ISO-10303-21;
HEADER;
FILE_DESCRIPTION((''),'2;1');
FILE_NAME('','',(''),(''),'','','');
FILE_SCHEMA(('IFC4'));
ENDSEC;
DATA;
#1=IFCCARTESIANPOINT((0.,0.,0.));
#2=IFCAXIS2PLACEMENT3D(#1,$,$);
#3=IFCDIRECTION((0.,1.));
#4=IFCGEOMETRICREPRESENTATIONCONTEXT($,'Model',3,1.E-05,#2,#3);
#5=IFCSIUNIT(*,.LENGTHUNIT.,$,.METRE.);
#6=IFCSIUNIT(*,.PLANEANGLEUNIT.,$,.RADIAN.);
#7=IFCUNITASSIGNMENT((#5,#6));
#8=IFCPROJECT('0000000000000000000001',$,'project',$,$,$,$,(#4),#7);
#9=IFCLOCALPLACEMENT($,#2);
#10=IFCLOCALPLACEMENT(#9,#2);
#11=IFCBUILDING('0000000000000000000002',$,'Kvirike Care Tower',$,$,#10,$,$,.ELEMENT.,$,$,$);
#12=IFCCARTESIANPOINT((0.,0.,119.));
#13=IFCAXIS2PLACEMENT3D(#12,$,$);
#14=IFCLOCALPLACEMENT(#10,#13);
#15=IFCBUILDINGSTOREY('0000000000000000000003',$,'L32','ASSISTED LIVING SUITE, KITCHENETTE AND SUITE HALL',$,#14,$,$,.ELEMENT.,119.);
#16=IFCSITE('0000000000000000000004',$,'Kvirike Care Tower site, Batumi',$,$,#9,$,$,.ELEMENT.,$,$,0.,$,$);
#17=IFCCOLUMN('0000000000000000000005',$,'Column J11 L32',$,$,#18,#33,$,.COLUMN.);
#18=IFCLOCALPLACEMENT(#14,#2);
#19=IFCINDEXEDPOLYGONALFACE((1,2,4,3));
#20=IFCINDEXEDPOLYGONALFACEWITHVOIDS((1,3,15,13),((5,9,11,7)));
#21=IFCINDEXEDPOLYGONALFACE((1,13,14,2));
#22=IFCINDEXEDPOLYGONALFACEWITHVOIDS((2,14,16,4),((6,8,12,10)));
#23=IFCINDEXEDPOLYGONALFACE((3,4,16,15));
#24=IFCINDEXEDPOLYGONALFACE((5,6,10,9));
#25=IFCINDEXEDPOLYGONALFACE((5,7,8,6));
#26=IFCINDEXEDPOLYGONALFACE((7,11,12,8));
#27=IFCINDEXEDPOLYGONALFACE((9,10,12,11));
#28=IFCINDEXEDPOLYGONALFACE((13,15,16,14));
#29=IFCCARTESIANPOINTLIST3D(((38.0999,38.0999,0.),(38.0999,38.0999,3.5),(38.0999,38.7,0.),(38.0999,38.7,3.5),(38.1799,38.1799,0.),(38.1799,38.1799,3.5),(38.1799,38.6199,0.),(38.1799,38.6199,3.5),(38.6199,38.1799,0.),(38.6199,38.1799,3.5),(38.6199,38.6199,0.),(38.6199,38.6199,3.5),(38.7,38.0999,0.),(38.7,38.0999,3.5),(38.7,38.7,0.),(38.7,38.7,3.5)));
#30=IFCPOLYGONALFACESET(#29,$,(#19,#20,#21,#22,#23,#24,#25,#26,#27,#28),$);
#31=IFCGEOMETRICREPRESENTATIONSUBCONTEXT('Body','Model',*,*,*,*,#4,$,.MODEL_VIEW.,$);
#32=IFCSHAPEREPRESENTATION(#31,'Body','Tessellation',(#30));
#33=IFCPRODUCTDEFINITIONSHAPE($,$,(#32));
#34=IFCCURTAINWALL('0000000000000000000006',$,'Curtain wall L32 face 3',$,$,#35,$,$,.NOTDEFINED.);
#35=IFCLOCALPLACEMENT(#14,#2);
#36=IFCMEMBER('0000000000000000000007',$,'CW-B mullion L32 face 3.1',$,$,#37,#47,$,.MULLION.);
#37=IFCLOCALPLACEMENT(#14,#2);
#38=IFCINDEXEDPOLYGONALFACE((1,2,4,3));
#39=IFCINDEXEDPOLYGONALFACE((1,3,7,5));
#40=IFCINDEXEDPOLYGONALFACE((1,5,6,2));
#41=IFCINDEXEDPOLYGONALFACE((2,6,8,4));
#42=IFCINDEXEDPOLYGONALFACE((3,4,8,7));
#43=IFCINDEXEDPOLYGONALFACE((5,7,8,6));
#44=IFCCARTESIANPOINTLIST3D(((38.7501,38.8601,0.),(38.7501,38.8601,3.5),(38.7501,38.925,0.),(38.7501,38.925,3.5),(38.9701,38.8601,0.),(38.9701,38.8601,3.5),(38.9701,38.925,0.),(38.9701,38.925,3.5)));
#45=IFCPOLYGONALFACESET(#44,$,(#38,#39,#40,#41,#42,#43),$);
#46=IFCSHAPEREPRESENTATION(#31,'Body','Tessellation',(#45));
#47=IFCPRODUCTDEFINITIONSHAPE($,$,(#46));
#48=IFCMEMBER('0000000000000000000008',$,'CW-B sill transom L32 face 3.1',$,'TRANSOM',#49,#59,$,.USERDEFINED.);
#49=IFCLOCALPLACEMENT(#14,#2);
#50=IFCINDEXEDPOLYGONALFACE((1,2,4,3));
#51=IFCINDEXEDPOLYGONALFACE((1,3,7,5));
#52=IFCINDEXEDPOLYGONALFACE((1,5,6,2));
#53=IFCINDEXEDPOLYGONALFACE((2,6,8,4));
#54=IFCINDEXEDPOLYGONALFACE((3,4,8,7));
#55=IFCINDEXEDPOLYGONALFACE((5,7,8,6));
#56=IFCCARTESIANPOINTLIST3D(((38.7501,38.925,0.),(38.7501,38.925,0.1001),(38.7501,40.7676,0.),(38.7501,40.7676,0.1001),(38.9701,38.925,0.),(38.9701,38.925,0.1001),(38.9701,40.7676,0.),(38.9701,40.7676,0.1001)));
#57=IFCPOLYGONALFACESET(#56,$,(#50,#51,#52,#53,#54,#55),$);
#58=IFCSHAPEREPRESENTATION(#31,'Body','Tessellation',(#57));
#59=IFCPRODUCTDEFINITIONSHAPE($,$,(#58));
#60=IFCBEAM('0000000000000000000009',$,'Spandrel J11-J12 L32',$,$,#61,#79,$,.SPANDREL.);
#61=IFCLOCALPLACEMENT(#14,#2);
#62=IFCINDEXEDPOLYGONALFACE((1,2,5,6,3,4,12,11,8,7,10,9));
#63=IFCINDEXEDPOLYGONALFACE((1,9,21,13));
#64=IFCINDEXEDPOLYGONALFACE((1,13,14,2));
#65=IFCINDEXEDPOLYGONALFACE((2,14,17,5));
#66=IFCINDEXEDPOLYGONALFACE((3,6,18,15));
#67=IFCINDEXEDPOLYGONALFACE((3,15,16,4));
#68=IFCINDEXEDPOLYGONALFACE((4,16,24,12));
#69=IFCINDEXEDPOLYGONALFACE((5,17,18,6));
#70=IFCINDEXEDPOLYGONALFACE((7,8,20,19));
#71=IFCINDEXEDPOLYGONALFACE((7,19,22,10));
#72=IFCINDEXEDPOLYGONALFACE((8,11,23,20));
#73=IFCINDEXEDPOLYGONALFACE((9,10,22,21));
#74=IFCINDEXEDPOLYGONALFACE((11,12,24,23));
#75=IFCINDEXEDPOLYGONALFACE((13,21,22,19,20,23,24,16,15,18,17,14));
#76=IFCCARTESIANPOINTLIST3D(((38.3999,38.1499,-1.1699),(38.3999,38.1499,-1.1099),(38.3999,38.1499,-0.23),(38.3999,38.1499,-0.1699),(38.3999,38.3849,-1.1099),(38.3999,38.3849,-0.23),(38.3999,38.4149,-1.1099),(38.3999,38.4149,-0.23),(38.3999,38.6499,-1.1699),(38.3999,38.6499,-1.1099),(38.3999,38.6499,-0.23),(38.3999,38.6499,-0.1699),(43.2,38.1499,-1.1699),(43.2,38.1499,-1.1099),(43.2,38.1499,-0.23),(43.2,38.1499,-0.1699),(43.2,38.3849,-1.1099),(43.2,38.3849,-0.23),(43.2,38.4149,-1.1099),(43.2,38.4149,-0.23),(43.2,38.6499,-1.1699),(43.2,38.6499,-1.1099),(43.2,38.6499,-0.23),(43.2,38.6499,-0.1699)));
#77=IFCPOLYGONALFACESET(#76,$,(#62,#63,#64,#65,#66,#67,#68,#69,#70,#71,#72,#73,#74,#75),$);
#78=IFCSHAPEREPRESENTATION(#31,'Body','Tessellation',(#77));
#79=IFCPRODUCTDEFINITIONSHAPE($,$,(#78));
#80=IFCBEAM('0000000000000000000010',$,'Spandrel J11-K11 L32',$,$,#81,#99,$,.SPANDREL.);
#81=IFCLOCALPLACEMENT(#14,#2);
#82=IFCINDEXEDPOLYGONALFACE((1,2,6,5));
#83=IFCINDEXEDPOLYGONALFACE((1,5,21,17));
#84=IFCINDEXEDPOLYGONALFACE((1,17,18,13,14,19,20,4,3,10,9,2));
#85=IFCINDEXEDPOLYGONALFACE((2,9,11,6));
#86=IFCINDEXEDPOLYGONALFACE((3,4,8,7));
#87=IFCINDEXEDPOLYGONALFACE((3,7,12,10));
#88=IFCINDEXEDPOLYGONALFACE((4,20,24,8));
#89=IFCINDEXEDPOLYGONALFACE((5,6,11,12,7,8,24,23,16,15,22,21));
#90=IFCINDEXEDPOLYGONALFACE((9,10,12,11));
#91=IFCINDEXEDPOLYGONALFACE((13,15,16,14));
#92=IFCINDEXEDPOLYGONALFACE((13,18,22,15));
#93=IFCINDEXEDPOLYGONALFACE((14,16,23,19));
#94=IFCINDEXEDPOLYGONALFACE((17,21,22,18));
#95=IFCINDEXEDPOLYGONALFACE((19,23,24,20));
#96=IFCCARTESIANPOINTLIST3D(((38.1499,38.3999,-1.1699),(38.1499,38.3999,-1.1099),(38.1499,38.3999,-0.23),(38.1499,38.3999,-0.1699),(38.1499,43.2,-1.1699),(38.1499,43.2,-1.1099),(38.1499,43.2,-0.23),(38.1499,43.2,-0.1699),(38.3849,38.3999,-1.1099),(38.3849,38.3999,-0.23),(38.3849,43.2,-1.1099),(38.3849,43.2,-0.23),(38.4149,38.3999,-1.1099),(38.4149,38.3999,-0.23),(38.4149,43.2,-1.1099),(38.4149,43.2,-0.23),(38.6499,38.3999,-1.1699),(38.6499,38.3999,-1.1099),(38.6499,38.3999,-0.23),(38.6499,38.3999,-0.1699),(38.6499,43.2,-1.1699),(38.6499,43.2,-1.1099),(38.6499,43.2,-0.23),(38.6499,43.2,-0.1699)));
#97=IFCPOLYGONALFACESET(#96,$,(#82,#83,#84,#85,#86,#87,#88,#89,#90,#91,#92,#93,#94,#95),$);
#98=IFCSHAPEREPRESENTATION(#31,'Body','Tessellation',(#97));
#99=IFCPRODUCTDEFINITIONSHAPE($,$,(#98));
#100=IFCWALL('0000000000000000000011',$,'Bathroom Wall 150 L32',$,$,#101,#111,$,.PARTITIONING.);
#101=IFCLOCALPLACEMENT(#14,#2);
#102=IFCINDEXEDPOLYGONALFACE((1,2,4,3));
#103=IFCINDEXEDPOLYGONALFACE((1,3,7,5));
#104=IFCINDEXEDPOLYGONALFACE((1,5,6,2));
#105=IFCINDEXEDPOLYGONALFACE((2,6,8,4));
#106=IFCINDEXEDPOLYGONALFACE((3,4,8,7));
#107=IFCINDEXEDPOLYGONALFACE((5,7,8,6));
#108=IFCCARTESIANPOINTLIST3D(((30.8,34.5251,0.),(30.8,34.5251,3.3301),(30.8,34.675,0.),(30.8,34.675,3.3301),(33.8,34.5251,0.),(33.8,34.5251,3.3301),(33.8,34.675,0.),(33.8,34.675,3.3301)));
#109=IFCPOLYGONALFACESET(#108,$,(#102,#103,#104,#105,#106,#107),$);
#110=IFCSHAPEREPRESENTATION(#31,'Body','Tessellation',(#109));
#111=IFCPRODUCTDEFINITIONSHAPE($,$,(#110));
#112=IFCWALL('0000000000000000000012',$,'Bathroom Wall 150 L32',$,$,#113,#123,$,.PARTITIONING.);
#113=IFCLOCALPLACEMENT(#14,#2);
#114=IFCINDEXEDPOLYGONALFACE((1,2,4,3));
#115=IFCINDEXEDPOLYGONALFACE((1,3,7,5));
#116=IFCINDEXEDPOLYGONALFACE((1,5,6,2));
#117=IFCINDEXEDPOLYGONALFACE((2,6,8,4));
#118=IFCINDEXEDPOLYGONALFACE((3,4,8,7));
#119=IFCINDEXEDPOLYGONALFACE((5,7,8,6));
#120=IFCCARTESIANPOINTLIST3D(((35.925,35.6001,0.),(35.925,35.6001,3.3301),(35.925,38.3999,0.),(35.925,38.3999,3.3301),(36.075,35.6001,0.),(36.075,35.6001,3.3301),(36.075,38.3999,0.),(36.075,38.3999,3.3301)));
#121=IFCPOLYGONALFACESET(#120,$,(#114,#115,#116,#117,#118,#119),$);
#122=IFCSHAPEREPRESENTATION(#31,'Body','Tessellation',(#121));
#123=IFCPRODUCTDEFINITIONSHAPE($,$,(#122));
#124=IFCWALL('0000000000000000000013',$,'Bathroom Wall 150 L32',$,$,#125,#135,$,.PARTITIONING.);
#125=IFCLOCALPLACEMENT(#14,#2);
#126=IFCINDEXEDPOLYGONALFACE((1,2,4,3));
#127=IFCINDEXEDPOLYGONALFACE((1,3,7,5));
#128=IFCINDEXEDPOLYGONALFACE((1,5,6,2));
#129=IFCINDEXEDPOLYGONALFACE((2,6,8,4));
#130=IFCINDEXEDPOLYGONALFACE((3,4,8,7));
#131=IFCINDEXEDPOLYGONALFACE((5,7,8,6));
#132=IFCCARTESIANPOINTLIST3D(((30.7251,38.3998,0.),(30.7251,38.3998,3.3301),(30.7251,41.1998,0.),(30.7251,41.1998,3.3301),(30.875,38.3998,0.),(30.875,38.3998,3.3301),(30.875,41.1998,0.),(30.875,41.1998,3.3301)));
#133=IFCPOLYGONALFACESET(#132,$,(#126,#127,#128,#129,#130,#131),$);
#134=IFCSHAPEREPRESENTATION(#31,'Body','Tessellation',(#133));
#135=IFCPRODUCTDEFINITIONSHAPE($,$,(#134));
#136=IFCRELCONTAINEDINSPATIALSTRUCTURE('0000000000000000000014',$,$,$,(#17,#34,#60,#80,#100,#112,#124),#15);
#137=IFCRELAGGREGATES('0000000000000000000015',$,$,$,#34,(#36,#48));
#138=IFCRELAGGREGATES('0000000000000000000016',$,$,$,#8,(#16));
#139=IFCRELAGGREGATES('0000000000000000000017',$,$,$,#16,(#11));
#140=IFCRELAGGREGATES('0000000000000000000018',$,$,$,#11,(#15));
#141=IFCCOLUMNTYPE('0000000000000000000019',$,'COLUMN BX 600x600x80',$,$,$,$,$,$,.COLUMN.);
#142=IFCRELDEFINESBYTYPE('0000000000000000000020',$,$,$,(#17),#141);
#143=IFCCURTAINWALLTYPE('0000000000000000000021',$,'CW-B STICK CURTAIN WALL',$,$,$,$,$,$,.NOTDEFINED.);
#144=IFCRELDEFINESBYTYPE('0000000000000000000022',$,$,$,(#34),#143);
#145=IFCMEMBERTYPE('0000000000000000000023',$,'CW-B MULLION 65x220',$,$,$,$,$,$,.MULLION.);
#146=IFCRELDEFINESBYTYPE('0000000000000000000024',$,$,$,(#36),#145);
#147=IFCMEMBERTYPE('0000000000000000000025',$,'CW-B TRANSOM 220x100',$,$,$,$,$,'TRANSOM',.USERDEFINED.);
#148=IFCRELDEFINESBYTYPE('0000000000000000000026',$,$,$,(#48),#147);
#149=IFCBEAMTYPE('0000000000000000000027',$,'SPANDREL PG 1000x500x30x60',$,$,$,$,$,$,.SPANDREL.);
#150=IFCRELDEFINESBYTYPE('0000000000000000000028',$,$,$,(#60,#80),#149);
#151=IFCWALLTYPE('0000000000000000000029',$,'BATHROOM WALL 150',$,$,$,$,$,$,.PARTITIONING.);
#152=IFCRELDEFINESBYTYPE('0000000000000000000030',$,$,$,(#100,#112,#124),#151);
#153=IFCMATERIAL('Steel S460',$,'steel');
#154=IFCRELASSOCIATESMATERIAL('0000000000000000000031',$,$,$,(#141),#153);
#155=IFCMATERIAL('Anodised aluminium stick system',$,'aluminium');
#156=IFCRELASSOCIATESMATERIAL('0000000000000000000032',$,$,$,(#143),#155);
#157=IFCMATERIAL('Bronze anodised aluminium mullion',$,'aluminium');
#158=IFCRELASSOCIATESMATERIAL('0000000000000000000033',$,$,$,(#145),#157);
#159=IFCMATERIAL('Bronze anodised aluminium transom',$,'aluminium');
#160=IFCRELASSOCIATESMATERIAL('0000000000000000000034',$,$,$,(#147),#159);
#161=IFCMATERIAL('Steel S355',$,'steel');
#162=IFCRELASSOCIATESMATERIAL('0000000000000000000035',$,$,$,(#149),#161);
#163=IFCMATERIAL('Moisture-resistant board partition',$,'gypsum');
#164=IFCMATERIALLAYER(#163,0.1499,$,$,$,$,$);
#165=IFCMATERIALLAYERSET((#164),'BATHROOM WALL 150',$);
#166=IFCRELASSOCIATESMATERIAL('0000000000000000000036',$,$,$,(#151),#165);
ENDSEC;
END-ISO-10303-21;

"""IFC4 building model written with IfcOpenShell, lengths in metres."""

from ifc_helpers import new_model, si_unit, direction, frame, frame_2d, origin, origin_2d, place, context, subcontext, project, spatial, rectangle, hollow_rectangle, i_section, extrude, material, layer, layer_set, material_profile, profile_set, type_object, element, aggregate, save


model = new_model("IFC4")

# Units and contexts
model_context = context("Model", 3, precision=1e-05, world=origin(), true_north=direction((0.0, 1.0)))
body_context = subcontext(model_context, "Body", "Model", "MODEL_VIEW")
ifc_project = project(units=[si_unit("LENGTHUNIT", "METRE"), si_unit("PLANEANGLEUNIT", "RADIAN")], contexts=[model_context])

# Site, building, storey
site_placement = place(None, origin())
site = spatial("IfcSite", under=ifc_project, at=site_placement, Name="Kvirike Care Tower site, Batumi", CompositionType="ELEMENT", RefElevation=0.0)
building_placement = place(site_placement, origin())
building = spatial("IfcBuilding", under=site, at=building_placement, Name="Kvirike Care Tower", CompositionType="ELEMENT")
storey_placement = place(building_placement, frame((0.0, 0.0, 119.0)))
storey = spatial("IfcBuildingStorey", under=building, at=storey_placement, Name="L32", Description="ASSISTED LIVING SUITE, KITCHENETTE AND SUITE HALL", CompositionType="ELEMENT", Elevation=119.0)

# Column
ifc_material_1 = material(Name="Steel S460", Category="steel")
ifc_material_profile_1 = material_profile(ifc_material_1, hollow_rectangle(XDim=0.6001, YDim=0.6001, WallThickness=0.0801, at=origin_2d()), Name="BX 600x600x80")
ifc_profile_set_1 = profile_set([ifc_material_profile_1], Name="Steel S460")
column_type = type_object("IfcColumnType", Name="COLUMN BX 600x600x80", PredefinedType="COLUMN", material=ifc_profile_set_1)
column_placement = place(storey_placement, frame((38.3999, 38.3999, 0.0), z_axis=(0.0, 0.0, 1.0), x_axis=(0.0, 1.0, 0.0)))
element("IfcColumn", 1, at=column_placement, inside=storey, type_object=column_type, Name="Column J11 L32", PredefinedType="COLUMN", context=body_context, shape_type="SweptSolid", body=[
    extrude(hollow_rectangle(XDim=0.6001, YDim=0.6001, WallThickness=0.0801, at=origin_2d()), origin(), (0.0, 0.0, 1.0), 3.5),
])

# Curtain wall, members
ifc_material_2 = material(Name="Anodised aluminium stick system", Category="aluminium")
curtain_wall_type = type_object("IfcCurtainWallType", Name="CW-B STICK CURTAIN WALL", PredefinedType="NOTDEFINED", material=ifc_material_2)
curtain_wall_placement = place(storey_placement, origin())
curtain_wall = element("IfcCurtainWall", 2, at=curtain_wall_placement, inside=storey, type_object=curtain_wall_type, Name="Curtain wall L32 face 3", PredefinedType="NOTDEFINED")
ifc_material_3 = material(Name="Bronze anodised aluminium mullion", Category="aluminium")
ifc_material_profile_2 = material_profile(ifc_material_3, rectangle(XDim=0.0649, YDim=0.22, at=origin_2d()), Name="CW-B MULLION 65x220")
ifc_profile_set_2 = profile_set([ifc_material_profile_2], Name="Bronze anodised aluminium mullion")
member_type_1 = type_object("IfcMemberType", Name="CW-B MULLION 65x220", PredefinedType="MULLION", material=ifc_profile_set_2)
member_1_placement = place(storey_placement, frame((38.8601, 38.8926, 0.0), z_axis=(0.0, 0.0, 1.0), x_axis=(0.0, 1.0, 0.0)))
member_1 = element("IfcMember", 3, at=member_1_placement, type_object=member_type_1, Name="CW-B mullion L32 face 3.1", PredefinedType="MULLION", context=body_context, shape_type="SweptSolid", body=[
    extrude(rectangle(XDim=0.0649, YDim=0.22, at=origin_2d()), origin(), (0.0, 0.0, 1.0), 3.5),
])
ifc_material_4 = material(Name="Bronze anodised aluminium transom", Category="aluminium")
ifc_material_profile_3 = material_profile(ifc_material_4, rectangle(XDim=0.22, YDim=0.1001, at=origin_2d()), Name="CW-B TRANSOM 220x100")
ifc_profile_set_3 = profile_set([ifc_material_profile_3], Name="Bronze anodised aluminium transom")
member_type_2 = type_object("IfcMemberType", Name="CW-B TRANSOM 220x100", ElementType="TRANSOM", PredefinedType="USERDEFINED", material=ifc_profile_set_3)
member_2_placement = place(storey_placement, frame((38.8601, 38.925, 0.05), z_axis=(0.0, 1.0, 0.0), x_axis=(-1.0, 0.0, 0.0)))
member_2 = element("IfcMember", 4, at=member_2_placement, type_object=member_type_2, Name="CW-B sill transom L32 face 3.1", ObjectType="TRANSOM", PredefinedType="USERDEFINED", context=body_context, shape_type="SweptSolid", body=[
    extrude(rectangle(XDim=0.22, YDim=0.1001, at=origin_2d()), origin(), (0.0, 0.0, 1.0), 1.8425),
])
aggregate(curtain_wall, [member_1, member_2])

# Beams
ifc_material_5 = material(Name="Steel S355", Category="steel")
ifc_material_profile_4 = material_profile(ifc_material_5, i_section(OverallWidth=0.5, OverallDepth=1.0, WebThickness=0.03, FlangeThickness=0.0601, at=origin_2d()), Name="PG 1000x500x30x60")
ifc_profile_set_4 = profile_set([ifc_material_profile_4], Name="Steel S355")
beam_type = type_object("IfcBeamType", Name="SPANDREL PG 1000x500x30x60", PredefinedType="SPANDREL", material=ifc_profile_set_4)
for number, where, z_axis, x_axis, name in (
    (5, (38.3999, 38.3999, -0.6699), (1.0, 0.0, 0.0), (0.0, 1.0, 0.0), "Spandrel J11-J12 L32"),
    (6, (38.3999, 38.3999, -0.6699), (0.0, 1.0, 0.0), (-1.0, 0.0, 0.0), "Spandrel J11-K11 L32"),
):
    element("IfcBeam", number, at=place(storey_placement, frame(where, z_axis=z_axis, x_axis=x_axis)), inside=storey, type_object=beam_type, Name=name, PredefinedType="SPANDREL", context=body_context, shape_type="SweptSolid", body=[
        extrude(i_section(OverallWidth=0.5, OverallDepth=1.0, WebThickness=0.03, FlangeThickness=0.0601, at=origin_2d()), origin(), (0.0, 0.0, 1.0), 4.8),
    ])

# Walls
ifc_material_6 = material(Name="Moisture-resistant board partition", Category="gypsum")
ifc_layer_1 = layer(ifc_material_6, 0.1499)
ifc_layer_set_1 = layer_set([ifc_layer_1], Name="BATHROOM WALL 150")
wall_type_1 = type_object("IfcWallType", Name="BATHROOM WALL 150", PredefinedType="PARTITIONING", material=ifc_layer_set_1)
wall_1_placement = place(storey_placement, frame((33.8, 34.6001, 0.0), z_axis=(0.0, 0.0, 1.0), x_axis=(-1.0, 0.0, 0.0)))
element("IfcWall", 7, at=wall_1_placement, inside=storey, type_object=wall_type_1, Name="Bathroom Wall 150 L32", PredefinedType="PARTITIONING", context=body_context, shape_type="SweptSolid", body=[
    extrude(rectangle(XDim=3.0, YDim=0.1499, at=frame_2d((1.5, 0.0))), origin(), (0.0, 0.0, 1.0), 3.3301),
])
wall_2_placement = place(storey_placement, frame((36.0, 35.6001, 0.0), z_axis=(0.0, 0.0, 1.0), x_axis=(0.0, 1.0, 0.0)))
element("IfcWall", 8, at=wall_2_placement, inside=storey, type_object=wall_type_1, Name="Bathroom Wall 150 L32", PredefinedType="PARTITIONING", context=body_context, shape_type="SweptSolid", body=[
    extrude(rectangle(XDim=2.7998, YDim=0.1499, at=frame_2d((1.3999, 0.0))), origin(), (0.0, 0.0, 1.0), 3.3301),
])
wall_3_placement = place(storey_placement, frame((30.8, 38.3999, 0.0), z_axis=(0.0, 0.0, 1.0), x_axis=(0.0, 1.0, 0.0)))
element("IfcWall", 9, at=wall_3_placement, inside=storey, type_object=wall_type_1, Name="Bathroom Wall 150 L32", PredefinedType="PARTITIONING", context=body_context, shape_type="SweptSolid", body=[
    extrude(rectangle(XDim=2.8, YDim=0.1499, at=frame_2d((1.3999, 0.0))), origin(), (0.0, 0.0, 1.0), 3.3301),
])

save(model, "model.ifc")
